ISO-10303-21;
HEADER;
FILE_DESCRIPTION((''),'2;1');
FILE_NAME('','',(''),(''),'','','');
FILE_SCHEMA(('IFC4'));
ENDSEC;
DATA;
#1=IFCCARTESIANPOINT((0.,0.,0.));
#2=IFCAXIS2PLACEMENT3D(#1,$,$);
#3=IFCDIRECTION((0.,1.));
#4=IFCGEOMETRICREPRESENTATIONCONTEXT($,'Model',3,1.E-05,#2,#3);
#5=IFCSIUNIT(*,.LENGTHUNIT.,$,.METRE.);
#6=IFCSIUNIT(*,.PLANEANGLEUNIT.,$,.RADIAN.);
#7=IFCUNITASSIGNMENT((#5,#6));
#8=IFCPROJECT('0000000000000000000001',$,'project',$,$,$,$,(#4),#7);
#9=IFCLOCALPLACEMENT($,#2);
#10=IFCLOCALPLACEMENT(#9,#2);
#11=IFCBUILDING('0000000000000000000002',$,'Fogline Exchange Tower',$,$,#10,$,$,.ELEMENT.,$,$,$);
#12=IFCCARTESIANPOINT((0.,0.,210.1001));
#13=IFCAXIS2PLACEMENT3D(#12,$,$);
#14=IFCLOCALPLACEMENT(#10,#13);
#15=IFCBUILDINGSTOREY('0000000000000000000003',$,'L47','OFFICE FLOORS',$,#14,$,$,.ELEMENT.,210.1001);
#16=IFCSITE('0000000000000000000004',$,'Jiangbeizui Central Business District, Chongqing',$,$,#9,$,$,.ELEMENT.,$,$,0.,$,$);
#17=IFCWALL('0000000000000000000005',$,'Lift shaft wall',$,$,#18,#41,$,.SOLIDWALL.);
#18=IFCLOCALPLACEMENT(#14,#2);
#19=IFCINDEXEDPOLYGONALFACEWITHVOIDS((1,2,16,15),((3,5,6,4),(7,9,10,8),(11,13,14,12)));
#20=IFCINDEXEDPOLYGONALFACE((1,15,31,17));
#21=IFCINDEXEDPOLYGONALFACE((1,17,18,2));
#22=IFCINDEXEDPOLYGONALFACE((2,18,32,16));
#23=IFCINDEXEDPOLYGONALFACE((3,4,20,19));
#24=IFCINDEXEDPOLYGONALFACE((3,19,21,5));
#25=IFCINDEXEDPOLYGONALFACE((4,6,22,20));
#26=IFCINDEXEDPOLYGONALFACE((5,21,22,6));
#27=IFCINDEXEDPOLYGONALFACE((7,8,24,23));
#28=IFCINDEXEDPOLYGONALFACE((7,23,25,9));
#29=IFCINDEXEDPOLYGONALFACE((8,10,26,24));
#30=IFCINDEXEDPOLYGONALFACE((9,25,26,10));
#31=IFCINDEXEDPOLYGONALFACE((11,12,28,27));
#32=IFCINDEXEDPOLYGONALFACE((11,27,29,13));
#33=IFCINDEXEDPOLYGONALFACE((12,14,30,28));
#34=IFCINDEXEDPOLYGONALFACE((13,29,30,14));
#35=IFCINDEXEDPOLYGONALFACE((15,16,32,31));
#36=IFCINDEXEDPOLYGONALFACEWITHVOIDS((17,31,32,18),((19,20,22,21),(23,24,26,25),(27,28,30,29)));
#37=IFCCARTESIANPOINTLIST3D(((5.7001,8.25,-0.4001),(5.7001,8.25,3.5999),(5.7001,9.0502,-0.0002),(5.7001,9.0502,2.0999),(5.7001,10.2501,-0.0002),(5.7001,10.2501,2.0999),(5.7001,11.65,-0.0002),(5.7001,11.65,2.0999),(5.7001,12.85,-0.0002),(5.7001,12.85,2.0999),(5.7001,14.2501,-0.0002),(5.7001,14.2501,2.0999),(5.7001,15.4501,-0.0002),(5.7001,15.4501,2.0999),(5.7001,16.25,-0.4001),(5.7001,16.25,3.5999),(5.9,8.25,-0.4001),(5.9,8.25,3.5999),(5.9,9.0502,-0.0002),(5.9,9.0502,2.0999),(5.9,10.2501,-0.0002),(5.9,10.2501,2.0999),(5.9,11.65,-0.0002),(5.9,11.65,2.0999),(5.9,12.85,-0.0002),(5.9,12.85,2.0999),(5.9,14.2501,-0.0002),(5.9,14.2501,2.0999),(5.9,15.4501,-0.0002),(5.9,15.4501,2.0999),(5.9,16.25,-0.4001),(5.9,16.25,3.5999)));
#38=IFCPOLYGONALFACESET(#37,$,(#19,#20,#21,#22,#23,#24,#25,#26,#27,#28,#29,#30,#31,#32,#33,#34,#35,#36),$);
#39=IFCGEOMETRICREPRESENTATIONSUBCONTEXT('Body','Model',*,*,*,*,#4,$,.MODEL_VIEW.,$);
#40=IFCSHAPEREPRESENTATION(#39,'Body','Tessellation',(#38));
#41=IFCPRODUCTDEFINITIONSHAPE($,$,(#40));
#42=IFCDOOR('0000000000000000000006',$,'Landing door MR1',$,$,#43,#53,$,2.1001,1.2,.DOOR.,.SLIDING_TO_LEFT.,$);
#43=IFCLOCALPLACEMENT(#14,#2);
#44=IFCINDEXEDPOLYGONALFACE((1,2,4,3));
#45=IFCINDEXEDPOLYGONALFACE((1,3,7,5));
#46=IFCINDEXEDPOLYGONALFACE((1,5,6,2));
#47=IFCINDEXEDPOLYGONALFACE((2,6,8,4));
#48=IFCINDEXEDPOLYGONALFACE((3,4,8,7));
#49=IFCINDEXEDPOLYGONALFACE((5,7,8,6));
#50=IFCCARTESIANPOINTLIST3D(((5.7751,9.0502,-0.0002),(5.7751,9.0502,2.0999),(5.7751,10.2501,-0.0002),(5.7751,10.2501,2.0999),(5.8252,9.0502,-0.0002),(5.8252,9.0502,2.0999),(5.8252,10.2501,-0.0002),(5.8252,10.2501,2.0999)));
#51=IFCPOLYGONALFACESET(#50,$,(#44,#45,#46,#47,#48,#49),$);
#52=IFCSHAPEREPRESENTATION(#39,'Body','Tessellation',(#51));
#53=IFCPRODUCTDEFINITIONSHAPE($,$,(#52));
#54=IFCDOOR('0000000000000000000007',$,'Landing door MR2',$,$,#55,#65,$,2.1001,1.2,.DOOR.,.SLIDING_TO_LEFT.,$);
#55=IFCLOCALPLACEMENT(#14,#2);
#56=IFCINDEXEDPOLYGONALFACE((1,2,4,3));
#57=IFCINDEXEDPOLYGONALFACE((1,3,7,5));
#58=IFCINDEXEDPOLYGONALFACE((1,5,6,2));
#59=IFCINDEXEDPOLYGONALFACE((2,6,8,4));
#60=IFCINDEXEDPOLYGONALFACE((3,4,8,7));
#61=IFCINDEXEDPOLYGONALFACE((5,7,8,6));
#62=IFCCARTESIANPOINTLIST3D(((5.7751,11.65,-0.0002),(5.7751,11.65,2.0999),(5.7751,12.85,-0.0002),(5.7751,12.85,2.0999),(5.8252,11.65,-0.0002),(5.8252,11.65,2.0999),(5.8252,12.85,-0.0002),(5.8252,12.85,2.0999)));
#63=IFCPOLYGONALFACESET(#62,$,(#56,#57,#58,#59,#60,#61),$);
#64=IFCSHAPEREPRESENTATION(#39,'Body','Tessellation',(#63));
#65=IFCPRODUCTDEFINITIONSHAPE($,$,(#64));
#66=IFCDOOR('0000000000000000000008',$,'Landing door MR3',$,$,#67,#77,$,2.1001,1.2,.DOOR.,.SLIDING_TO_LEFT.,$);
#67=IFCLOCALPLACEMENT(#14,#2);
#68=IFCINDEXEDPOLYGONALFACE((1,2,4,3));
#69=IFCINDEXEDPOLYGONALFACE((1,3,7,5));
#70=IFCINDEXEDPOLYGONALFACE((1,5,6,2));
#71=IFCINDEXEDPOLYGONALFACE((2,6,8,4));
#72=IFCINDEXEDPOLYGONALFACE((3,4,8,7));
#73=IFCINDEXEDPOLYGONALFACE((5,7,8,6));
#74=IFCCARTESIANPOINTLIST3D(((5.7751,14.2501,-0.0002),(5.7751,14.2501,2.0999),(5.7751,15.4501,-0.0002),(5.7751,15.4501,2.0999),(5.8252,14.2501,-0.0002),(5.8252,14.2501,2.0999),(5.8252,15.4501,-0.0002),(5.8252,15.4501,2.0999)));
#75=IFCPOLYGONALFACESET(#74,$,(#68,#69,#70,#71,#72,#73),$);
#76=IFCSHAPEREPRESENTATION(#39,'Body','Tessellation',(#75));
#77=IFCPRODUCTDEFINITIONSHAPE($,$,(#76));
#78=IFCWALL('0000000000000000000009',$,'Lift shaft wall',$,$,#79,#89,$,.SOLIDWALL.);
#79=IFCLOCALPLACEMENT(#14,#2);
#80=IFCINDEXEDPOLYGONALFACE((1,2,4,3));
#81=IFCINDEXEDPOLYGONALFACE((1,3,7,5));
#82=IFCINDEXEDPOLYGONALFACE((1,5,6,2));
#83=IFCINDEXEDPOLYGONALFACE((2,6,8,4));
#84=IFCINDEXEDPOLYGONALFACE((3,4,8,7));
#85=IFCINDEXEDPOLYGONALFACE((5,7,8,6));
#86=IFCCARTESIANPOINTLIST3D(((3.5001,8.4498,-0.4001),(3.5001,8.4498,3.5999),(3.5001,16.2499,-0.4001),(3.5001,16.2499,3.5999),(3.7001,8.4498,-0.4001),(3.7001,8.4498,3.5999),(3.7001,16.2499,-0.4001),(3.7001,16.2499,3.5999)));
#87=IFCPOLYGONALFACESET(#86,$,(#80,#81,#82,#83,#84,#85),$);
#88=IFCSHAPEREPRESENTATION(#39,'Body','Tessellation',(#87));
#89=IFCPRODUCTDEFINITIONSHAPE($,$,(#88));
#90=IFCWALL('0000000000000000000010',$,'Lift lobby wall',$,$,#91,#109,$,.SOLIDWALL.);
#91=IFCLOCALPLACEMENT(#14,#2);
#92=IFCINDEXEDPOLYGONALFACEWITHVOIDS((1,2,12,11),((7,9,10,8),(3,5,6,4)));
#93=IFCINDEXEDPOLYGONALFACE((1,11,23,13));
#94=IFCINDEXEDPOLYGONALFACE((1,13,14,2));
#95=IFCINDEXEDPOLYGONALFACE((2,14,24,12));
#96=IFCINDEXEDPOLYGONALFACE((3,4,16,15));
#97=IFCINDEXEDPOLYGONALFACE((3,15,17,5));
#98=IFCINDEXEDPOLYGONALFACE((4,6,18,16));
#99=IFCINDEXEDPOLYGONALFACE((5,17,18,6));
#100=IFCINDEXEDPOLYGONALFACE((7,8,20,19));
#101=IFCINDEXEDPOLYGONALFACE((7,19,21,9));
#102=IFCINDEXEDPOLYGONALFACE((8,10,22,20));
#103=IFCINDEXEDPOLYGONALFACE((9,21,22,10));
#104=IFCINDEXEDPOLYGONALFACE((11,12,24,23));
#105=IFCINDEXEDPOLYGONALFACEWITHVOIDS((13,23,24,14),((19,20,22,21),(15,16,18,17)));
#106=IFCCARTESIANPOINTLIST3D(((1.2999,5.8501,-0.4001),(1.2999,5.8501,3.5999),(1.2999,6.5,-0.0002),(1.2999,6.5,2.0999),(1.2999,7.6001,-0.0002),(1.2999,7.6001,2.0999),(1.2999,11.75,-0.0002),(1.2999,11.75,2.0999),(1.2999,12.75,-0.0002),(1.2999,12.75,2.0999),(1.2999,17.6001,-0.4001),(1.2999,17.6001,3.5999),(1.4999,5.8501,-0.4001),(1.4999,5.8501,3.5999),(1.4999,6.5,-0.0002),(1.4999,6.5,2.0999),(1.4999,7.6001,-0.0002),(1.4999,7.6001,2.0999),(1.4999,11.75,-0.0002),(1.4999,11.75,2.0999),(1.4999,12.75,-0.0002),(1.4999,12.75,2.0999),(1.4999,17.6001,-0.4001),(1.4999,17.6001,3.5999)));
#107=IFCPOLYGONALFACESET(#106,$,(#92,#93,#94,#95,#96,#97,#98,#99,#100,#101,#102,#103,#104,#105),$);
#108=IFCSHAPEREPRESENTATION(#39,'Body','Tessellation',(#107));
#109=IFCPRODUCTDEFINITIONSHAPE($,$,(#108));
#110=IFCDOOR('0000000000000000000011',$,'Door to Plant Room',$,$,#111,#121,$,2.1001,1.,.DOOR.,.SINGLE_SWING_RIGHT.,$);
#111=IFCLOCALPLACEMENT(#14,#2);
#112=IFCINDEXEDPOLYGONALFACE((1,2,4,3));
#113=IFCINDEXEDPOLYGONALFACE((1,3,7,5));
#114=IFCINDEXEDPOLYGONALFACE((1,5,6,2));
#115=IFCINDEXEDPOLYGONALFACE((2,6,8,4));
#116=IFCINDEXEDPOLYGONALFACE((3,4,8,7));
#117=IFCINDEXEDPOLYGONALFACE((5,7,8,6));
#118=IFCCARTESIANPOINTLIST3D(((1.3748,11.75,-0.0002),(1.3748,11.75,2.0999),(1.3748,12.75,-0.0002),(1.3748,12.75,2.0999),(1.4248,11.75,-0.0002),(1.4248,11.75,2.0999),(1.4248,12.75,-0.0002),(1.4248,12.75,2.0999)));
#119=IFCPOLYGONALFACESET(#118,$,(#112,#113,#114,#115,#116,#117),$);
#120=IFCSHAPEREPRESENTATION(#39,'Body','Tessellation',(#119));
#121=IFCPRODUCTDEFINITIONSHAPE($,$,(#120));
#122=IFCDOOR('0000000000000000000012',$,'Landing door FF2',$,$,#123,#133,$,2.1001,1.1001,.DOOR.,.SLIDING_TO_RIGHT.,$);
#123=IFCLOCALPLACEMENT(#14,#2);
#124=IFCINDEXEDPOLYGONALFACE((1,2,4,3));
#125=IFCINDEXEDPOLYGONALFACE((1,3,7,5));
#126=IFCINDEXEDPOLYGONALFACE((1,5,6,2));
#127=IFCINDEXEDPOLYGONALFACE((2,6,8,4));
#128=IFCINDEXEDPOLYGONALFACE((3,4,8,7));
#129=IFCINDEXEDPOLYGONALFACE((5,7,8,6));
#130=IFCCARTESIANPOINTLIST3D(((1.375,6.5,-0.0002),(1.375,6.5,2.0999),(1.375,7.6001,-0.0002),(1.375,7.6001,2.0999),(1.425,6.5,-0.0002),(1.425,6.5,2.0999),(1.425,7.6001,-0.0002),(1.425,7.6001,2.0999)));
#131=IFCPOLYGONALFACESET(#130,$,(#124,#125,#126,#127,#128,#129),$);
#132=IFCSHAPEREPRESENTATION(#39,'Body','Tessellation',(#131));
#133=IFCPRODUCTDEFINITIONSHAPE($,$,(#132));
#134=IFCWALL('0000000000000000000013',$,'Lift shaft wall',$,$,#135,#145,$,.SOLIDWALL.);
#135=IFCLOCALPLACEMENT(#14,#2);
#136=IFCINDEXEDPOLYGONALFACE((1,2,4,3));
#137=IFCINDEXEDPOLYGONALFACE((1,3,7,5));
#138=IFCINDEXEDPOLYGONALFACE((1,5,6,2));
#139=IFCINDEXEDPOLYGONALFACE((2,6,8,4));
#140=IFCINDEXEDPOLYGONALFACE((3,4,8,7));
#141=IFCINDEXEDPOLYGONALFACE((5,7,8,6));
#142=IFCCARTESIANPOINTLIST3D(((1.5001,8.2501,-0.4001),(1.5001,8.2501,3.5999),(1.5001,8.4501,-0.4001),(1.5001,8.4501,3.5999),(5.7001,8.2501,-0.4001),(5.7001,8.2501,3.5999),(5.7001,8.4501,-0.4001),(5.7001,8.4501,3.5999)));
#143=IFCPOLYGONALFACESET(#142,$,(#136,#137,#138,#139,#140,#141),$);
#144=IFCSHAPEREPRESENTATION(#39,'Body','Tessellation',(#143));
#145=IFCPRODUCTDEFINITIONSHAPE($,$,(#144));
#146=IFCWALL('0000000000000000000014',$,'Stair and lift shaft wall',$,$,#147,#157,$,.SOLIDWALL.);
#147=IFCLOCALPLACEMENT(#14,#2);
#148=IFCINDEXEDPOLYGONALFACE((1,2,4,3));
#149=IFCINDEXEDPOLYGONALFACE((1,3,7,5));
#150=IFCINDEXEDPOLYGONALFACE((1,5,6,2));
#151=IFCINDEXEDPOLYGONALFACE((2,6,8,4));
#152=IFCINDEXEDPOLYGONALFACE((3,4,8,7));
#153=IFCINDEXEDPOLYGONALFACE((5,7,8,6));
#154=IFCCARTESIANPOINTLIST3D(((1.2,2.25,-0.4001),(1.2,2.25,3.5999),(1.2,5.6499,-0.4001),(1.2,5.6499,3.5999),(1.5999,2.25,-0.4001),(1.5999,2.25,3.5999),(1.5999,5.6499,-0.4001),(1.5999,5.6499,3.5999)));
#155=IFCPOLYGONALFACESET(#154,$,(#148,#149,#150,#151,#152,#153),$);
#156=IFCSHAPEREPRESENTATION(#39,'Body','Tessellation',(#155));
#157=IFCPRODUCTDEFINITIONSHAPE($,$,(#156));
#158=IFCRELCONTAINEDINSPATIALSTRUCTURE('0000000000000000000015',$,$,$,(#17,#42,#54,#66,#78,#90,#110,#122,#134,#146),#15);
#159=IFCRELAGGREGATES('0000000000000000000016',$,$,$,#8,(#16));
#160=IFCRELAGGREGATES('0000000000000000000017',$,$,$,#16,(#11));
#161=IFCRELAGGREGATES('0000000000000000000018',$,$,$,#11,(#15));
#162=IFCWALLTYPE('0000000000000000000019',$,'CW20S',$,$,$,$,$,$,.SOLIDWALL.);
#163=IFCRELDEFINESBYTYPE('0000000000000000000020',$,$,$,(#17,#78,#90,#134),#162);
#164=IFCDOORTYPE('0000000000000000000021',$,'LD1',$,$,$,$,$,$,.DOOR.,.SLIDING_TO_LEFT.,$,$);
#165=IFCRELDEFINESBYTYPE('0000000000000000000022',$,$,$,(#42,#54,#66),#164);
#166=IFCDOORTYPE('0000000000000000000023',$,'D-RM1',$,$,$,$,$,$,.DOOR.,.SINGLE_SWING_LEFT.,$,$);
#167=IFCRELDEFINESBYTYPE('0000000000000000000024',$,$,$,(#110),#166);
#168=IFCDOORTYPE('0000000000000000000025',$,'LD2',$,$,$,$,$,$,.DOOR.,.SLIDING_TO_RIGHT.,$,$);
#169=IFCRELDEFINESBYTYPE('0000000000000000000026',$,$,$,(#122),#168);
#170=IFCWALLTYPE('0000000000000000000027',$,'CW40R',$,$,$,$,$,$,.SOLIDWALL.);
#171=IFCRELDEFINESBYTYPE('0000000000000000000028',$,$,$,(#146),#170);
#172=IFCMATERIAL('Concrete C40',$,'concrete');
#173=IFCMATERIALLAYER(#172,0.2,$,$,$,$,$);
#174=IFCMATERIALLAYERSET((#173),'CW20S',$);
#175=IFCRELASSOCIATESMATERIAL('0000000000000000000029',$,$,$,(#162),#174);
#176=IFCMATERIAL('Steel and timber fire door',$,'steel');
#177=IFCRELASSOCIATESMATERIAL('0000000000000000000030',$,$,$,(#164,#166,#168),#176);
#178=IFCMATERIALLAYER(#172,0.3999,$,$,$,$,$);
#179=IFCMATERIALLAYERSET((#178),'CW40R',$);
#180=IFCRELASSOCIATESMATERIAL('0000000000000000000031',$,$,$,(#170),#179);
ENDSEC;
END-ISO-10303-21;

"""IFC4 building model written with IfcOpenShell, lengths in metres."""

from ifc_helpers import new_model, si_unit, direction, frame, frame_2d, origin, place, context, subcontext, project, spatial, rectangle, extrude, material, layer, layer_set, type_object, element, fill, save


model = new_model("IFC4")

# Units and contexts
model_context = context("Model", 3, precision=1e-05, world=origin(), true_north=direction((0.0, 1.0)))
body_context = subcontext(model_context, "Body", "Model", "MODEL_VIEW")
ifc_project = project(units=[si_unit("LENGTHUNIT", "METRE"), si_unit("PLANEANGLEUNIT", "RADIAN")], contexts=[model_context])

# Site, building, storey
site_placement = place(None, origin())
site = spatial("IfcSite", under=ifc_project, at=site_placement, Name="Jiangbeizui Central Business District, Chongqing", CompositionType="ELEMENT", RefElevation=0.0)
building_placement = place(site_placement, origin())
building = spatial("IfcBuilding", under=site, at=building_placement, Name="Fogline Exchange Tower", CompositionType="ELEMENT")
storey_placement = place(building_placement, frame((0.0, 0.0, 210.1001)))
storey = spatial("IfcBuildingStorey", under=building, at=storey_placement, Name="L47", Description="OFFICE FLOORS", CompositionType="ELEMENT", Elevation=210.1001)

# Shared definitions
ifc_material_1 = material(Name="Concrete C40", Category="concrete")

# Shared definitions
ifc_material_2 = material(Name="Steel and timber fire door", Category="steel")

# Shared definitions
ifc_layer_1 = layer(ifc_material_1, 0.2)
ifc_layer_set_1 = layer_set([ifc_layer_1], Name="CW20S")
wall_type_1 = type_object("IfcWallType", Name="CW20S", PredefinedType="SOLIDWALL", material=ifc_layer_set_1)

# Wall, openings, doors
wall_1_placement = place(storey_placement, frame((5.8, 8.25, -0.4001), z_axis=(0.0, 0.0, 1.0), x_axis=(0.0, 1.0, 0.0)))
wall_1 = element("IfcWall", 1, at=wall_1_placement, inside=storey, type_object=wall_type_1, Name="Lift shaft wall", PredefinedType="SOLIDWALL", context=body_context, shape_type="SweptSolid", body=[
    extrude(rectangle(XDim=8.0, YDim=0.2, at=frame_2d((4.0, 0.0))), origin(), (0.0, 0.0, 1.0), 4.0),
])
opening_1_placement = place(wall_1_placement, frame((0.8, 0.0, 0.3999)))
opening_1 = element("IfcOpeningElement", 2, at=opening_1_placement, cuts=wall_1, PredefinedType="OPENING", context=body_context, shape_type="SweptSolid", body=[
    extrude(rectangle(XDim=1.2, YDim=2.1001, at=frame_2d((0.6001, 1.05))), frame((0.0, 0.1099, 0.0), z_axis=(0.0, -1.0, 0.0), x_axis=(1.0, 0.0, 0.0)), (0.0, 0.0, 1.0), 0.22),
])
opening_2_placement = place(wall_1_placement, frame((3.3999, 0.0, 0.3999)))
opening_2 = element("IfcOpeningElement", 3, at=opening_2_placement, cuts=wall_1, PredefinedType="OPENING", context=body_context, shape_type="SweptSolid", body=[
    extrude(rectangle(XDim=1.2, YDim=2.1001, at=frame_2d((0.6001, 1.05))), frame((0.0, 0.1099, 0.0), z_axis=(0.0, -1.0, 0.0), x_axis=(1.0, 0.0, 0.0)), (0.0, 0.0, 1.0), 0.22),
])
opening_3_placement = place(wall_1_placement, frame((6.0, 0.0, 0.3999)))
opening_3 = element("IfcOpeningElement", 4, at=opening_3_placement, cuts=wall_1, PredefinedType="OPENING", context=body_context, shape_type="SweptSolid", body=[
    extrude(rectangle(XDim=1.2, YDim=2.1001, at=frame_2d((0.6001, 1.05))), frame((0.0, 0.1099, 0.0), z_axis=(0.0, -1.0, 0.0), x_axis=(1.0, 0.0, 0.0)), (0.0, 0.0, 1.0), 0.22),
])
door_type_1 = type_object("IfcDoorType", Name="LD1", OperationType="SLIDING_TO_LEFT", PredefinedType="DOOR", material=ifc_material_2)
door_1_placement = place(opening_1_placement, origin())
door_1 = element("IfcDoor", 5, at=door_1_placement, inside=storey, type_object=door_type_1, Name="Landing door MR1", OperationType="SLIDING_TO_LEFT", OverallHeight=2.1001, OverallWidth=1.2, PredefinedType="DOOR", context=body_context, shape_type="SweptSolid", body=[
    extrude(rectangle(XDim=1.2, YDim=2.1001, at=frame_2d((0.6001, 1.05))), frame((0.0, 0.0249, 0.0), z_axis=(0.0, -1.0, 0.0), x_axis=(1.0, 0.0, 0.0)), (0.0, 0.0, 1.0), 0.05),
])
fill(opening_1, door_1)
door_2_placement = place(opening_2_placement, origin())
door_2 = element("IfcDoor", 6, at=door_2_placement, inside=storey, type_object=door_type_1, Name="Landing door MR2", OperationType="SLIDING_TO_LEFT", OverallHeight=2.1001, OverallWidth=1.2, PredefinedType="DOOR", context=body_context, shape_type="SweptSolid", body=[
    extrude(rectangle(XDim=1.2, YDim=2.1001, at=frame_2d((0.6001, 1.05))), frame((0.0, 0.0249, 0.0), z_axis=(0.0, -1.0, 0.0), x_axis=(1.0, 0.0, 0.0)), (0.0, 0.0, 1.0), 0.05),
])
fill(opening_2, door_2)
door_3_placement = place(opening_3_placement, origin())
door_3 = element("IfcDoor", 7, at=door_3_placement, inside=storey, type_object=door_type_1, Name="Landing door MR3", OperationType="SLIDING_TO_LEFT", OverallHeight=2.1001, OverallWidth=1.2, PredefinedType="DOOR", context=body_context, shape_type="SweptSolid", body=[
    extrude(rectangle(XDim=1.2, YDim=2.1001, at=frame_2d((0.6001, 1.05))), frame((0.0, 0.0249, 0.0), z_axis=(0.0, -1.0, 0.0), x_axis=(1.0, 0.0, 0.0)), (0.0, 0.0, 1.0), 0.05),
])
fill(opening_3, door_3)

# Wall
wall_2_placement = place(storey_placement, frame((3.6001, 8.45, -0.4001), z_axis=(0.0, 0.0, 1.0), x_axis=(0.0, 1.0, 0.0)))
element("IfcWall", 8, at=wall_2_placement, inside=storey, type_object=wall_type_1, Name="Lift shaft wall", PredefinedType="SOLIDWALL", context=body_context, shape_type="SweptSolid", body=[
    extrude(rectangle(XDim=7.8, YDim=0.2, at=frame_2d((3.8999, 0.0))), origin(), (0.0, 0.0, 1.0), 4.0),
])

# Wall, openings, doors
wall_3_placement = place(storey_placement, frame((1.3999, 5.8501, -0.4001), z_axis=(0.0, 0.0, 1.0), x_axis=(0.0, 1.0, 0.0)))
wall_3 = element("IfcWall", 9, at=wall_3_placement, inside=storey, type_object=wall_type_1, Name="Lift lobby wall", PredefinedType="SOLIDWALL", context=body_context, shape_type="SweptSolid", body=[
    extrude(rectangle(XDim=11.75, YDim=0.2, at=frame_2d((5.875, 0.0))), origin(), (0.0, 0.0, 1.0), 4.0),
])
opening_4_placement = place(wall_3_placement, frame((0.6499, 0.0, 0.3999)))
opening_4 = element("IfcOpeningElement", 10, at=opening_4_placement, cuts=wall_3, PredefinedType="OPENING", context=body_context, shape_type="SweptSolid", body=[
    extrude(rectangle(XDim=1.1001, YDim=2.1001, at=frame_2d((0.55, 1.05))), frame((0.0, 0.1099, 0.0), z_axis=(0.0, -1.0, 0.0), x_axis=(1.0, 0.0, 0.0)), (0.0, 0.0, 1.0), 0.22),
])
opening_5_placement = place(wall_3_placement, frame((5.8999, 0.0, 0.3999)))
opening_5 = element("IfcOpeningElement", 11, at=opening_5_placement, cuts=wall_3, PredefinedType="OPENING", context=body_context, shape_type="SweptSolid", body=[
    extrude(rectangle(XDim=1.0, YDim=2.1001, at=frame_2d((0.5, 1.05))), frame((0.0, 0.1099, 0.0), z_axis=(0.0, -1.0, 0.0), x_axis=(1.0, 0.0, 0.0)), (0.0, 0.0, 1.0), 0.22),
])
door_type_2 = type_object("IfcDoorType", Name="D-RM1", OperationType="SINGLE_SWING_LEFT", PredefinedType="DOOR", material=ifc_material_2)
door_4_placement = place(opening_5_placement, frame((1.0, 0.0, 0.0), z_axis=(0.0, 0.0, 1.0), x_axis=(-1.0, 0.0, 0.0)))
door_4 = element("IfcDoor", 12, at=door_4_placement, inside=storey, type_object=door_type_2, Name="Door to Plant Room", OperationType="SINGLE_SWING_RIGHT", OverallHeight=2.1001, OverallWidth=1.0, PredefinedType="DOOR", context=body_context, shape_type="SweptSolid", body=[
    extrude(rectangle(XDim=1.0, YDim=2.1001, at=frame_2d((0.5, 1.05))), frame((0.0, 0.0249, 0.0), z_axis=(0.0, -1.0, 0.0), x_axis=(1.0, 0.0, 0.0)), (0.0, 0.0, 1.0), 0.05),
])
fill(opening_5, door_4)
door_type_3 = type_object("IfcDoorType", Name="LD2", OperationType="SLIDING_TO_RIGHT", PredefinedType="DOOR", material=ifc_material_2)
door_5_placement = place(opening_4_placement, origin())
door_5 = element("IfcDoor", 13, at=door_5_placement, inside=storey, type_object=door_type_3, Name="Landing door FF2", OperationType="SLIDING_TO_RIGHT", OverallHeight=2.1001, OverallWidth=1.1001, PredefinedType="DOOR", context=body_context, shape_type="SweptSolid", body=[
    extrude(rectangle(XDim=1.1001, YDim=2.1001, at=frame_2d((0.55, 1.05))), frame((0.0, 0.0249, 0.0), z_axis=(0.0, -1.0, 0.0), x_axis=(1.0, 0.0, 0.0)), (0.0, 0.0, 1.0), 0.05),
])
fill(opening_4, door_5)

# Walls
wall_4_placement = place(storey_placement, frame((1.5, 8.3501, -0.4001), z_axis=(0.0, 0.0, 1.0), x_axis=(1.0, 0.0, 0.0)))
element("IfcWall", 14, at=wall_4_placement, inside=storey, type_object=wall_type_1, Name="Lift shaft wall", PredefinedType="SOLIDWALL", context=body_context, shape_type="SweptSolid", body=[
    extrude(rectangle(XDim=4.2, YDim=0.2, at=frame_2d((2.1001, 0.0))), origin(), (0.0, 0.0, 1.0), 4.0),
])
ifc_layer_2 = layer(ifc_material_1, 0.3999)
ifc_layer_set_2 = layer_set([ifc_layer_2], Name="CW40R")
wall_type_2 = type_object("IfcWallType", Name="CW40R", PredefinedType="SOLIDWALL", material=ifc_layer_set_2)
wall_5_placement = place(storey_placement, frame((1.3999, 2.25, -0.4001), z_axis=(0.0, 0.0, 1.0), x_axis=(0.0, 1.0, 0.0)))
element("IfcWall", 15, at=wall_5_placement, inside=storey, type_object=wall_type_2, Name="Stair and lift shaft wall", PredefinedType="SOLIDWALL", context=body_context, shape_type="SweptSolid", body=[
    extrude(rectangle(XDim=3.3999, YDim=0.3999, at=frame_2d((1.7, 0.0))), origin(), (0.0, 0.0, 1.0), 4.0),
])

save(model, "model.ifc")
